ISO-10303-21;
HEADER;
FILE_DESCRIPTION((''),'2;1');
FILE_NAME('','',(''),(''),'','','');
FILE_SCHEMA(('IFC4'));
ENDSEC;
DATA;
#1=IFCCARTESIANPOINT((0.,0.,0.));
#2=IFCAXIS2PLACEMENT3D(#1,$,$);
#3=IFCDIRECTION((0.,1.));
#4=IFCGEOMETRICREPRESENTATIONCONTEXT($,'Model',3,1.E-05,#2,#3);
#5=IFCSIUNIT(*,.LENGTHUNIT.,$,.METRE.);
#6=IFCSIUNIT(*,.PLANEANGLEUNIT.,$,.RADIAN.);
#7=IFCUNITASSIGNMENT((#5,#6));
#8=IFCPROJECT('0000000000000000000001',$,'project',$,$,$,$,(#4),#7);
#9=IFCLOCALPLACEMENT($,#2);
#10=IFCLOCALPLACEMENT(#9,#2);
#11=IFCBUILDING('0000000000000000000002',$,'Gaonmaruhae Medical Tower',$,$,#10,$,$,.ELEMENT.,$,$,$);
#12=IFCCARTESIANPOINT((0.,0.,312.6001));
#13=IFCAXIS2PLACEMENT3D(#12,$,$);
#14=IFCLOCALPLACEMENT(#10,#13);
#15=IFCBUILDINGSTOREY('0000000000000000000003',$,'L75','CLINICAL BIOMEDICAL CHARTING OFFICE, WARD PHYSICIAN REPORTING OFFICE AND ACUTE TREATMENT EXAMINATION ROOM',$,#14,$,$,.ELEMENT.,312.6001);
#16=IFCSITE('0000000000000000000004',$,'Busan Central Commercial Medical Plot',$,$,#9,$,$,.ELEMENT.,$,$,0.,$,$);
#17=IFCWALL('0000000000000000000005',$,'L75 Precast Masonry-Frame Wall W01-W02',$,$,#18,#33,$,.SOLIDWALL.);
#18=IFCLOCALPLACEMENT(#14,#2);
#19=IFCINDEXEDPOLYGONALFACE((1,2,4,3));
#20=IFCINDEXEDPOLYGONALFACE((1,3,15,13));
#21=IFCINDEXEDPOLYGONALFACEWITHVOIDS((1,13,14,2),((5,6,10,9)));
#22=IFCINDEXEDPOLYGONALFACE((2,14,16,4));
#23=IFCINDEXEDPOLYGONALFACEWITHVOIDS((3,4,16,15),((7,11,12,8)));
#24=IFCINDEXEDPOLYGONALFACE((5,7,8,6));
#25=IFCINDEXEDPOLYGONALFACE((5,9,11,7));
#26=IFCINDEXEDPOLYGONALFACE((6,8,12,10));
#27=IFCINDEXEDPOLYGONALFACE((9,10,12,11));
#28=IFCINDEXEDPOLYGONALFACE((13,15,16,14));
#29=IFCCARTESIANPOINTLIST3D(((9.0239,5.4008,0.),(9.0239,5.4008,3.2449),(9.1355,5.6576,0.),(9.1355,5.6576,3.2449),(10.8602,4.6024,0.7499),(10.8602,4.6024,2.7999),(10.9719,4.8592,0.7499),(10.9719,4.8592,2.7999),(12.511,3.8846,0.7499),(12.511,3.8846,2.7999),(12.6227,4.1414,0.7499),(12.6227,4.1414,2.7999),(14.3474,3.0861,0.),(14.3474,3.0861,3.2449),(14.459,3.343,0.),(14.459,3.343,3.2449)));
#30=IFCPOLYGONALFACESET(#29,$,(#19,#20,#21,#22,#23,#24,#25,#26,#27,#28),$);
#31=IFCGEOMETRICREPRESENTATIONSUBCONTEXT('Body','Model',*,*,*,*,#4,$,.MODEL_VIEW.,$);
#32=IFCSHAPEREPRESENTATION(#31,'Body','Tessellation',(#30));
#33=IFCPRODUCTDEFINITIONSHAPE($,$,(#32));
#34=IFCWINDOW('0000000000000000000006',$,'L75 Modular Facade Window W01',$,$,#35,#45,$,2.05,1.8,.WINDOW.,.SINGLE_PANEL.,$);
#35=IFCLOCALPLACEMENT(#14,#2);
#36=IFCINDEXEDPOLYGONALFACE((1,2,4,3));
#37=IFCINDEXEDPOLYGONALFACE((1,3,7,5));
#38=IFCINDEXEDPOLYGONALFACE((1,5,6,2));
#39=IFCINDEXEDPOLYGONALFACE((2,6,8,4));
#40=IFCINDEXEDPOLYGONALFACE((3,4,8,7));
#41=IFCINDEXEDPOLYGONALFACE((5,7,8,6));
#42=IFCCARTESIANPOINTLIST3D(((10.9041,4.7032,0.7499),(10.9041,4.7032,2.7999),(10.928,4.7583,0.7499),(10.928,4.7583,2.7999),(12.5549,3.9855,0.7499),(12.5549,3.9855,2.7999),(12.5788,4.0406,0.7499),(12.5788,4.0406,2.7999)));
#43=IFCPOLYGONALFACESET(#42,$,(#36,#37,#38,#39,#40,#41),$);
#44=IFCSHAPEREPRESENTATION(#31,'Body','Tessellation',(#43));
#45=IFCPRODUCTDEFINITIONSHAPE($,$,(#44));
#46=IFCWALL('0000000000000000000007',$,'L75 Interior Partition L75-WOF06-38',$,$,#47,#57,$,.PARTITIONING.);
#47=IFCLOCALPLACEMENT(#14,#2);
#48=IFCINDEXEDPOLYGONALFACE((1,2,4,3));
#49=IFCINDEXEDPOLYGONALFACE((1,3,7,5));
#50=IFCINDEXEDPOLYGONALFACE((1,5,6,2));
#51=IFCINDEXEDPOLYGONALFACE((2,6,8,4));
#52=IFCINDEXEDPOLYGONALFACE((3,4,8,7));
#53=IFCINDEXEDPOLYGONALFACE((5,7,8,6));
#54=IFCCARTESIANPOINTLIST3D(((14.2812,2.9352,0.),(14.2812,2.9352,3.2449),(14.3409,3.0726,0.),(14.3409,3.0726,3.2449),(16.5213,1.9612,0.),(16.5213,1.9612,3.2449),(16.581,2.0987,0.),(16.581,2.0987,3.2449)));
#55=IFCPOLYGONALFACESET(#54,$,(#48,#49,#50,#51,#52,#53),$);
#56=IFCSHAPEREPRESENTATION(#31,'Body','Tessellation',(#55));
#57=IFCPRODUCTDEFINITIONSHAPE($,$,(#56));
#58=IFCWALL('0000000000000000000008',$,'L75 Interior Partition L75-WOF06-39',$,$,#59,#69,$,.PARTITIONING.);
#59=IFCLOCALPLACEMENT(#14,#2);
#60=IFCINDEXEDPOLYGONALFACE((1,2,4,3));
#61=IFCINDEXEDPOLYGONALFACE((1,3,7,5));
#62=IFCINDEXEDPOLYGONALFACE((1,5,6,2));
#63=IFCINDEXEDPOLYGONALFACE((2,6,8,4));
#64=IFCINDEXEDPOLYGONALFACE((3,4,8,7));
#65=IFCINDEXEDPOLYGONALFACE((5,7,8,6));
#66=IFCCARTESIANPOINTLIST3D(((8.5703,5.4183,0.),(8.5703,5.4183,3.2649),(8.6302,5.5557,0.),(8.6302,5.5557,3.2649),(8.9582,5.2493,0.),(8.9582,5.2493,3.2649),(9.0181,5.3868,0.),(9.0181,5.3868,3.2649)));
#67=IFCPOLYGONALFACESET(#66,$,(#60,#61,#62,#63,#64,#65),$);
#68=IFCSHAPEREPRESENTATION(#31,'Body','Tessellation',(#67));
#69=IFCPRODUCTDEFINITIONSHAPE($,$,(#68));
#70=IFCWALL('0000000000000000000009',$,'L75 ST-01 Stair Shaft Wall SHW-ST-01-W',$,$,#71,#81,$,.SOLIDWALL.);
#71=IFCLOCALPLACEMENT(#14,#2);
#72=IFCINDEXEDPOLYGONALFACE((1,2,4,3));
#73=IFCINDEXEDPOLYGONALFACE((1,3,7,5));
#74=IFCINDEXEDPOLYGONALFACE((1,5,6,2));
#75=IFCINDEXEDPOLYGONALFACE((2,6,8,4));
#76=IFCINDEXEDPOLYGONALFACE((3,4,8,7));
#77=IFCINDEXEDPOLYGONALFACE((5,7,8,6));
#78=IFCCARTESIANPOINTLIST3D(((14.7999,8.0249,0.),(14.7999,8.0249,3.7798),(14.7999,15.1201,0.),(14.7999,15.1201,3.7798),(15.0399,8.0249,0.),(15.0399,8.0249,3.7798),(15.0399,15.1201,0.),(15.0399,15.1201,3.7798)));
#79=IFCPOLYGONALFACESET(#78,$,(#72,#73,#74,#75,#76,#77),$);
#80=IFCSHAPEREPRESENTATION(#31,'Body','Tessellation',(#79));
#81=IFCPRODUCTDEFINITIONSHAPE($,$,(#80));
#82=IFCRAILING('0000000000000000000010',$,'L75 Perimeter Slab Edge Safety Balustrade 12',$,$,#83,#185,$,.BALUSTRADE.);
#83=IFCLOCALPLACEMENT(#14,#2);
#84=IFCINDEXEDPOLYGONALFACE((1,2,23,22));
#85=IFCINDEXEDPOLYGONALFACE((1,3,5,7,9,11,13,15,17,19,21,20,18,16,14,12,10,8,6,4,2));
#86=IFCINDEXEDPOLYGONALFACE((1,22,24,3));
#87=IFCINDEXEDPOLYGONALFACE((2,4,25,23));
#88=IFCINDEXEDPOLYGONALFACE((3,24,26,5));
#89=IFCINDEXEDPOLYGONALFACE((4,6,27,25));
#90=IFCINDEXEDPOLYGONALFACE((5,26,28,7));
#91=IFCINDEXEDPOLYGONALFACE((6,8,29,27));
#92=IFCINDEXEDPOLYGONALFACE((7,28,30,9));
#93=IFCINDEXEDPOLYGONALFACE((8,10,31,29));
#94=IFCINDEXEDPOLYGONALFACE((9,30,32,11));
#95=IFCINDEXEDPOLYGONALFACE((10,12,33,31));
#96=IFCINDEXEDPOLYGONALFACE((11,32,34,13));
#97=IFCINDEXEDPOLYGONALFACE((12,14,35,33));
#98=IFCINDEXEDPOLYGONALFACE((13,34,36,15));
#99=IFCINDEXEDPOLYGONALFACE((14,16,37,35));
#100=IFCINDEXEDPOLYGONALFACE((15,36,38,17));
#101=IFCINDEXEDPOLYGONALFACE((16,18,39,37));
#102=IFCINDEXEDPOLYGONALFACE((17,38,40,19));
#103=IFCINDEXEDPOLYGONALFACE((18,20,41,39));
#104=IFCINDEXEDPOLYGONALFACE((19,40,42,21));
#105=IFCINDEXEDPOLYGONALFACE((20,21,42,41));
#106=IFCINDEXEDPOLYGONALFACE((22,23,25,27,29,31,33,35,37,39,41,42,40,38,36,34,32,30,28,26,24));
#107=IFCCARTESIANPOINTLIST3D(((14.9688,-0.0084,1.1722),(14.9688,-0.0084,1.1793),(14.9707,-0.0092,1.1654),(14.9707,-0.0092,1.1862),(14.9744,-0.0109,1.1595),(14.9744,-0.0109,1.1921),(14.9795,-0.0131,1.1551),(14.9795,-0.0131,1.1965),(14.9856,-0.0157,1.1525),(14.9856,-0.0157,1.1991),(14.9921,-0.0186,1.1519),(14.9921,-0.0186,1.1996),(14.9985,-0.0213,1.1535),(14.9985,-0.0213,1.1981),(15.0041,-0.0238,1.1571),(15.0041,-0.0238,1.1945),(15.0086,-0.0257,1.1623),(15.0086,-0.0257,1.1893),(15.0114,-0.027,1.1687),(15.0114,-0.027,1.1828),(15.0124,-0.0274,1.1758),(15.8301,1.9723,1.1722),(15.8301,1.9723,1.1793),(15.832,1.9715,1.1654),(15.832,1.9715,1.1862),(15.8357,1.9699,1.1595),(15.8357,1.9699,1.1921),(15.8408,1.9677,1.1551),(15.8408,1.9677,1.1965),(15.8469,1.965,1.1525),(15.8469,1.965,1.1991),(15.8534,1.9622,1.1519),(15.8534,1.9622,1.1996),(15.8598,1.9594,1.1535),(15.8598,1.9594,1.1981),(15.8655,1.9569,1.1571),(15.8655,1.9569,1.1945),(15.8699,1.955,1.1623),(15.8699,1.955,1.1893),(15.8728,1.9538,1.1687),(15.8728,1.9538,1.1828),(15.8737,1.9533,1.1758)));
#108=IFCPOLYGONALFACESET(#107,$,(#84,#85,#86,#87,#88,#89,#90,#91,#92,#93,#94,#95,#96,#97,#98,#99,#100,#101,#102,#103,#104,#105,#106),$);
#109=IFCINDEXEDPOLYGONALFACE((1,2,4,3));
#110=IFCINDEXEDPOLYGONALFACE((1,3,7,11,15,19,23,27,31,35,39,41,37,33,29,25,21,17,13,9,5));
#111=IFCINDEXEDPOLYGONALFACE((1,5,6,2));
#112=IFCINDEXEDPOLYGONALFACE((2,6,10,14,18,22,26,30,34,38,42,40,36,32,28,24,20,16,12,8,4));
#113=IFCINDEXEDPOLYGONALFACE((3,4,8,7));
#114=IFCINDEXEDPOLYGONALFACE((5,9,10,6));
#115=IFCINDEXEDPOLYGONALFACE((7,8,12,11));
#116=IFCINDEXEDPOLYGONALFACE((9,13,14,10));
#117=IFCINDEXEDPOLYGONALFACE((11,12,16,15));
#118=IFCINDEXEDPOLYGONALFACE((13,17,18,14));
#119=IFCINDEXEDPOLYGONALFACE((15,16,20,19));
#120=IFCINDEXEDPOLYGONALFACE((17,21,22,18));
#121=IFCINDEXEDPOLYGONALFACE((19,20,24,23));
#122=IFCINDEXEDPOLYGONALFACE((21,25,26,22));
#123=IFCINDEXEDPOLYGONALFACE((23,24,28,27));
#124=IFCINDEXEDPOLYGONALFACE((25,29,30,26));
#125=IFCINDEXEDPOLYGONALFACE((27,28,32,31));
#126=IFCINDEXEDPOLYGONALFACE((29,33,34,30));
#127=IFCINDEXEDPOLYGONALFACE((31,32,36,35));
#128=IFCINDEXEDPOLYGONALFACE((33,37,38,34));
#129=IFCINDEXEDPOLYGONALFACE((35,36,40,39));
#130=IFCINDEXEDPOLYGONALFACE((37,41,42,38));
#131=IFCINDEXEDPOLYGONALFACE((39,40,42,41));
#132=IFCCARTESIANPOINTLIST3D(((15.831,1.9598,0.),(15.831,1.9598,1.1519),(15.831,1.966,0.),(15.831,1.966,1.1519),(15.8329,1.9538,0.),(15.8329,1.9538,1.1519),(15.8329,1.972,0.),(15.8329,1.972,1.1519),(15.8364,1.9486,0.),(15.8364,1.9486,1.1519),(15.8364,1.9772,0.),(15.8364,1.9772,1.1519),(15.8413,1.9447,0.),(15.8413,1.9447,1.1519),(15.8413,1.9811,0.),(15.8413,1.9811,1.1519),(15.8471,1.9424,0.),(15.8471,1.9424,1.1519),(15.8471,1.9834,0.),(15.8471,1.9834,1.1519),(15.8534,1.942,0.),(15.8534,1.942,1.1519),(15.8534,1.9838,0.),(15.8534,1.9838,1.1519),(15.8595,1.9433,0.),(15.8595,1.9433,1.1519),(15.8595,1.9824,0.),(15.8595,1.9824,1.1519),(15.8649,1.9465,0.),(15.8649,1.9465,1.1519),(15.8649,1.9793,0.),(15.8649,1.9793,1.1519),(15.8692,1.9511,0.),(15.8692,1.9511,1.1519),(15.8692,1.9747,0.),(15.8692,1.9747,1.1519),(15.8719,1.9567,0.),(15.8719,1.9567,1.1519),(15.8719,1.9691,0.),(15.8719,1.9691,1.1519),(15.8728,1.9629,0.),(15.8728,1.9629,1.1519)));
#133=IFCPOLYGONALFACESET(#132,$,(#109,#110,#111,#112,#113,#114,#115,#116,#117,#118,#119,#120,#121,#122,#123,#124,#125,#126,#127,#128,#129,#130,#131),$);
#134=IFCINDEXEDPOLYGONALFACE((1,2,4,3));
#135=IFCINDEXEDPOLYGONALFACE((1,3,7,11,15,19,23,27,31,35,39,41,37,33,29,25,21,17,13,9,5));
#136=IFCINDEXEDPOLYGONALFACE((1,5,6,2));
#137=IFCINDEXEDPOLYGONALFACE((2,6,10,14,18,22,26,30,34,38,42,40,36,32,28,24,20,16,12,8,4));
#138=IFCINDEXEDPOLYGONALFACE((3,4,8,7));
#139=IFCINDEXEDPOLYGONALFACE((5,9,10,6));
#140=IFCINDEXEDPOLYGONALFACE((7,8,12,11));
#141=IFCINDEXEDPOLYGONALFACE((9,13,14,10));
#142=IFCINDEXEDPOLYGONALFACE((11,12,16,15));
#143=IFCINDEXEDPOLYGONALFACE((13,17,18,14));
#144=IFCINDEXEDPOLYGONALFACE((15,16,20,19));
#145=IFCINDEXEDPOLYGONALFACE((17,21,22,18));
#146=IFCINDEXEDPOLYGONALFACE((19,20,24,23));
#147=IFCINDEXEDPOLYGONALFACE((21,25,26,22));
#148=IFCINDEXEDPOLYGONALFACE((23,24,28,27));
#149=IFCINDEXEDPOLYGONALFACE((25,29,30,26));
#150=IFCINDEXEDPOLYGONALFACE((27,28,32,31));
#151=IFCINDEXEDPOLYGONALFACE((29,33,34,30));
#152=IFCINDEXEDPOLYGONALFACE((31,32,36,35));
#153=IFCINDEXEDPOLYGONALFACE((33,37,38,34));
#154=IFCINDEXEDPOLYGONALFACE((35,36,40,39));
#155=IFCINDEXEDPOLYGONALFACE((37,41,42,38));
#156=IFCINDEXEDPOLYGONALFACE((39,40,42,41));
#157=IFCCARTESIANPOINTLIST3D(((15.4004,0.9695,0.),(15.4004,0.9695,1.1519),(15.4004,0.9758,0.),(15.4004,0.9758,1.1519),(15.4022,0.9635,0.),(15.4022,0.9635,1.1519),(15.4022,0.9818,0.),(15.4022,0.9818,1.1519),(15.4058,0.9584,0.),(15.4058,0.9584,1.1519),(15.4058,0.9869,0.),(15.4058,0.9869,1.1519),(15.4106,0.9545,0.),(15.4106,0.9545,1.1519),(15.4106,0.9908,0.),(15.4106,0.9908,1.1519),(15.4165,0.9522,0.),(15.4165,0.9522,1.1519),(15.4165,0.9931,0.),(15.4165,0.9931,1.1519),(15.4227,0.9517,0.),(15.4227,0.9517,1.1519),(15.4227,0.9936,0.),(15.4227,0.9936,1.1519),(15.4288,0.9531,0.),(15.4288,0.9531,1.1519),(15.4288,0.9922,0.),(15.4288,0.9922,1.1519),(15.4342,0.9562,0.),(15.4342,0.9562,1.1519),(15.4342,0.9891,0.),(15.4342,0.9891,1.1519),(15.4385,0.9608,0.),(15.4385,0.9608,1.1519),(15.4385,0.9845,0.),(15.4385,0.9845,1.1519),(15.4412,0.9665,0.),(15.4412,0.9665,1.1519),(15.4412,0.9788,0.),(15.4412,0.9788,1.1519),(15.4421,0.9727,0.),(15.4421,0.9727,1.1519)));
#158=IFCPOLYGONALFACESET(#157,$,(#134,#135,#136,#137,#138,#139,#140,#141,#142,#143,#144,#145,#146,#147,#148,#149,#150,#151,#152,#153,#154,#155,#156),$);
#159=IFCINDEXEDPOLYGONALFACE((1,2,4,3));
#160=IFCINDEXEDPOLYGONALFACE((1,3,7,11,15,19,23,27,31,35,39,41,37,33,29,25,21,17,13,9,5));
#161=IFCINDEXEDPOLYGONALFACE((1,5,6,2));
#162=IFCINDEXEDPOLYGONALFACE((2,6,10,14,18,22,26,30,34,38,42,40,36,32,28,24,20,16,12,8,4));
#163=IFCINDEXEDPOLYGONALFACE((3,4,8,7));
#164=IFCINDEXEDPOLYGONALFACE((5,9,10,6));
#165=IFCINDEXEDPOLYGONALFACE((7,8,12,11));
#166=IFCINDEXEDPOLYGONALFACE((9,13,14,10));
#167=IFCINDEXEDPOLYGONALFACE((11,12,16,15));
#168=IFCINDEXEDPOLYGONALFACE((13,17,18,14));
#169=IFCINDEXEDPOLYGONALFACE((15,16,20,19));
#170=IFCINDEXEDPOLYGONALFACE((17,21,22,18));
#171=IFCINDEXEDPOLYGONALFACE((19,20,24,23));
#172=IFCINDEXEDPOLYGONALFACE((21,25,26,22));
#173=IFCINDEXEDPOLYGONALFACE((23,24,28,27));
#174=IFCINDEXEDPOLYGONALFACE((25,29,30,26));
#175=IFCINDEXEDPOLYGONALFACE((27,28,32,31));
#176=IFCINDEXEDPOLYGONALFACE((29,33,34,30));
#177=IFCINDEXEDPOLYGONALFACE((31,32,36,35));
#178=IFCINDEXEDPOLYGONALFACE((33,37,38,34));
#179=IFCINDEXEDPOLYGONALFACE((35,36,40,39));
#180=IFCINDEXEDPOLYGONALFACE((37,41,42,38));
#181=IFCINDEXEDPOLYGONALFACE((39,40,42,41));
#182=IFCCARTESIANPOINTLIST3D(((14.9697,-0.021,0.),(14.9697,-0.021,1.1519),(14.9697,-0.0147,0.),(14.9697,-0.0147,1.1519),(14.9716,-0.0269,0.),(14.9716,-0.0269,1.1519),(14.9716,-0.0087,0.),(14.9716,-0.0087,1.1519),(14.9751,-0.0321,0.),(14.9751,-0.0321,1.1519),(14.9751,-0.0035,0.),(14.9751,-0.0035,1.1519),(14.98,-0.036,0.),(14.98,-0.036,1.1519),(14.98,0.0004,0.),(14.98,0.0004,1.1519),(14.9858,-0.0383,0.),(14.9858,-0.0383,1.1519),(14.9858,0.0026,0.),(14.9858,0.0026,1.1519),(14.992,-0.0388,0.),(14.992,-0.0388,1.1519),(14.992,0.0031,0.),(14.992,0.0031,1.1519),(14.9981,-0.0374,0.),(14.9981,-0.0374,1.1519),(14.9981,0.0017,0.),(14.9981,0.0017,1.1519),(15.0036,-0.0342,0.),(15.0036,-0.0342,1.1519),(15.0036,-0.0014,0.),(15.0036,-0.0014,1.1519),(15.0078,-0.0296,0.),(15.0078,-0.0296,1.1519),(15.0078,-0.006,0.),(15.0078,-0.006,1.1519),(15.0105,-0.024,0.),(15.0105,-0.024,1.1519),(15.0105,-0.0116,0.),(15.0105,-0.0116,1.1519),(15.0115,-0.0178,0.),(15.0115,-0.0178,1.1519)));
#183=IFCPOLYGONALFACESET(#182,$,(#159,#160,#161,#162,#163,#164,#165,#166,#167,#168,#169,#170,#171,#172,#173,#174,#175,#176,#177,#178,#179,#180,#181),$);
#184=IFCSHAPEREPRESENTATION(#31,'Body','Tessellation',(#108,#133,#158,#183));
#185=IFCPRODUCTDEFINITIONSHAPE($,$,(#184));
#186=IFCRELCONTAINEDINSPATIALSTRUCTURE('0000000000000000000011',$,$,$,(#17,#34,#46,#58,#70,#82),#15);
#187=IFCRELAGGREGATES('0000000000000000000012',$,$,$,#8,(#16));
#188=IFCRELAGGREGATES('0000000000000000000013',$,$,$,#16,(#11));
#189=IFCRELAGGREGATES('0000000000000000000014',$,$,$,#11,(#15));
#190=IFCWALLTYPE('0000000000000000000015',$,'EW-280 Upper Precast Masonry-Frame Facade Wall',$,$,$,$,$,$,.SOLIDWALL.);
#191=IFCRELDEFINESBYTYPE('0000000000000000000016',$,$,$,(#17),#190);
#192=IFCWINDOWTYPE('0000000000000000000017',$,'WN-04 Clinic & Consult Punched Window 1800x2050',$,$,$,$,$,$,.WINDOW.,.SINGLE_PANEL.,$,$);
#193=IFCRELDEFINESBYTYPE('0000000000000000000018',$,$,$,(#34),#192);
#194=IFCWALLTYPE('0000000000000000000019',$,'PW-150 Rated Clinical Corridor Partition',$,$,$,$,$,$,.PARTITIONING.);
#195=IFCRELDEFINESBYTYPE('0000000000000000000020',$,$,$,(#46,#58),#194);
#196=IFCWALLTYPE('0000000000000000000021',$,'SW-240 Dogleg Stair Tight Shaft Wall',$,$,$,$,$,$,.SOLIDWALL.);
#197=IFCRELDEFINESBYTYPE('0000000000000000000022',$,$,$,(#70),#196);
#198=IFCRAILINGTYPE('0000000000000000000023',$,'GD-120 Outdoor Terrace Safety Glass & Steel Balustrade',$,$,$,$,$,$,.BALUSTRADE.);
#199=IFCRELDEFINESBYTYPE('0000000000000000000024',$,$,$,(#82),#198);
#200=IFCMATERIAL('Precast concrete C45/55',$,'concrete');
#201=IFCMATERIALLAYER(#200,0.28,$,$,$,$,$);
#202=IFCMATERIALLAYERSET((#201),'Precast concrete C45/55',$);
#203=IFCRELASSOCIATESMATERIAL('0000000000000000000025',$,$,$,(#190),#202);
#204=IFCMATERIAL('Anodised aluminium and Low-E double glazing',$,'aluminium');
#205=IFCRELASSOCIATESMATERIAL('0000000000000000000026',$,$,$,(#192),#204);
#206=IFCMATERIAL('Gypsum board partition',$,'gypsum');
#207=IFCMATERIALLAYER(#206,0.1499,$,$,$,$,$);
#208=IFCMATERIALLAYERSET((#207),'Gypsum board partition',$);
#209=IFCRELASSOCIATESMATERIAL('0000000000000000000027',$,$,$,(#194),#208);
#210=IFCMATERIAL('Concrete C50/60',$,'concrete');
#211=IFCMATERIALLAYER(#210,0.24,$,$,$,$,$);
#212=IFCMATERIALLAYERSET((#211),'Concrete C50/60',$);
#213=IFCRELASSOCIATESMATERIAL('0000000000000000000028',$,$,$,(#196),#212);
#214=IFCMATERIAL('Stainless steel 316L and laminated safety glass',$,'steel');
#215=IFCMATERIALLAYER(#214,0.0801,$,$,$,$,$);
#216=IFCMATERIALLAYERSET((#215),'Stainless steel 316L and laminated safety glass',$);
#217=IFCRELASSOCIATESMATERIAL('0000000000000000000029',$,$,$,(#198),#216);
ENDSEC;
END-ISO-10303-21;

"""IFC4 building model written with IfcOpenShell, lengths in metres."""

from ifc_helpers import new_model, si_unit, direction, frame, frame_2d, origin, origin_2d, place, context, subcontext, project, spatial, rectangle, circle, extrude, material, layer, layer_set, type_object, element, fill, save


model = new_model("IFC4")

# Units and contexts
model_context = context("Model", 3, precision=1e-05, world=origin(), true_north=direction((0.0, 1.0)))
body_context = subcontext(model_context, "Body", "Model", "MODEL_VIEW")
ifc_project = project(units=[si_unit("LENGTHUNIT", "METRE"), si_unit("PLANEANGLEUNIT", "RADIAN")], contexts=[model_context])

# Site, building, storey
site_placement = place(None, origin())
site = spatial("IfcSite", under=ifc_project, at=site_placement, Name="Busan Central Commercial Medical Plot", CompositionType="ELEMENT", RefElevation=0.0)
building_placement = place(site_placement, origin())
building = spatial("IfcBuilding", under=site, at=building_placement, Name="Gaonmaruhae Medical Tower", CompositionType="ELEMENT")
storey_placement = place(building_placement, frame((0.0, 0.0, 312.6001)))
storey = spatial("IfcBuildingStorey", under=building, at=storey_placement, Name="L75", Description="CLINICAL BIOMEDICAL CHARTING OFFICE, WARD PHYSICIAN REPORTING OFFICE AND ACUTE TREATMENT EXAMINATION ROOM", CompositionType="ELEMENT", Elevation=312.6001)

# Shared definitions
ifc_material_1 = material(Name="Concrete C50/60", Category="concrete")

# Wall, opening, window
ifc_material_2 = material(Name="Precast concrete C45/55", Category="concrete")
ifc_layer_1 = layer(ifc_material_2, 0.28)
ifc_layer_set_1 = layer_set([ifc_layer_1], Name="Precast concrete C45/55")
wall_type_1 = type_object("IfcWallType", Name="EW-280 Upper Precast Masonry-Frame Facade Wall", PredefinedType="SOLIDWALL", material=ifc_layer_set_1)
wall_1_placement = place(storey_placement, frame((14.4031, 3.2146, 0.0), z_axis=(0.0, 0.0, 1.0), x_axis=(-0.917061, 0.398746, 0.0)))
wall_1 = element("IfcWall", 1, at=wall_1_placement, inside=storey, type_object=wall_type_1, Name="L75 Precast Masonry-Frame Wall W01-W02", PredefinedType="SOLIDWALL", context=body_context, shape_type="SweptSolid", body=[
    extrude(rectangle(XDim=5.8049, YDim=0.28, at=frame_2d((2.9023, 0.0))), origin(), (0.0, 0.0, 1.0), 3.2449),
])
opening_placement = place(wall_1_placement, frame((2.0024, 0.0, 0.75)))
opening = element("IfcOpeningElement", 2, at=opening_placement, cuts=wall_1, PredefinedType="OPENING", context=body_context, shape_type="SweptSolid", body=[
    extrude(rectangle(XDim=1.8, YDim=2.05, at=frame_2d((0.8999, 1.0249))), frame((0.0, 0.1499, 0.0), z_axis=(0.0, -1.0, 0.0), x_axis=(1.0, 0.0, 0.0)), (0.0, 0.0, 1.0), 0.3),
])
ifc_material_3 = material(Name="Anodised aluminium and Low-E double glazing", Category="aluminium")
window_type = type_object("IfcWindowType", Name="WN-04 Clinic & Consult Punched Window 1800x2050", PartitioningType="SINGLE_PANEL", PredefinedType="WINDOW", material=ifc_material_3)
window_placement = place(opening_placement, origin())
window = element("IfcWindow", 3, at=window_placement, inside=storey, type_object=window_type, Name="L75 Modular Facade Window W01", OverallHeight=2.05, OverallWidth=1.8, PartitioningType="SINGLE_PANEL", PredefinedType="WINDOW", context=body_context, shape_type="SweptSolid", body=[
    extrude(rectangle(XDim=1.8, YDim=2.05, at=frame_2d((0.8999, 1.0249))), frame((0.0, 0.03, 0.0), z_axis=(0.0, -1.0, 0.0), x_axis=(1.0, 0.0, 0.0)), (0.0, 0.0, 1.0), 0.0601),
])
fill(opening, window)

# Walls
ifc_material_4 = material(Name="Gypsum board partition", Category="gypsum")
ifc_layer_2 = layer(ifc_material_4, 0.1499)
ifc_layer_set_2 = layer_set([ifc_layer_2], Name="Gypsum board partition")
wall_type_2 = type_object("IfcWallType", Name="PW-150 Rated Clinical Corridor Partition", PredefinedType="PARTITIONING", material=ifc_layer_set_2)
wall_2_placement = place(storey_placement, frame((16.551, 2.03, 0.0), z_axis=(0.0, 0.0, 1.0), x_axis=(-0.917075, 0.398715, 0.0)))
element("IfcWall", 4, at=wall_2_placement, inside=storey, type_object=wall_type_2, Name="L75 Interior Partition L75-WOF06-38", PredefinedType="PARTITIONING", context=body_context, shape_type="SweptSolid", body=[
    extrude(rectangle(XDim=2.4426, YDim=0.1499, at=frame_2d((1.2212, 0.0))), origin(), (0.0, 0.0, 1.0), 3.2449),
])
wall_3_placement = place(storey_placement, frame((8.988, 5.3181, 0.0), z_axis=(0.0, 0.0, 1.0), x_axis=(-0.916831, 0.399275, 0.0)))
element("IfcWall", 5, at=wall_3_placement, inside=storey, type_object=wall_type_2, Name="L75 Interior Partition L75-WOF06-39", PredefinedType="PARTITIONING", context=body_context, shape_type="SweptSolid", body=[
    extrude(rectangle(XDim=0.4231, YDim=0.1499, at=frame_2d((0.2114, 0.0))), origin(), (0.0, 0.0, 1.0), 3.2649),
])
ifc_layer_3 = layer(ifc_material_1, 0.24)
ifc_layer_set_3 = layer_set([ifc_layer_3], Name="Concrete C50/60")
wall_type_3 = type_object("IfcWallType", Name="SW-240 Dogleg Stair Tight Shaft Wall", PredefinedType="SOLIDWALL", material=ifc_layer_set_3)
wall_4_placement = place(storey_placement, frame((14.9199, 8.0249, 0.0), z_axis=(0.0, 0.0, 1.0), x_axis=(0.0, 1.0, 0.0)))
element("IfcWall", 6, at=wall_4_placement, inside=storey, type_object=wall_type_3, Name="L75 ST-01 Stair Shaft Wall SHW-ST-01-W", PredefinedType="SOLIDWALL", context=body_context, shape_type="SweptSolid", body=[
    extrude(rectangle(XDim=7.0952, YDim=0.24, at=frame_2d((3.5476, 0.0))), origin(), (0.0, 0.0, 1.0), 3.7798),
])

# Railing
ifc_material_5 = material(Name="Stainless steel 316L and laminated safety glass", Category="steel")
ifc_layer_4 = layer(ifc_material_5, 0.0801)
ifc_layer_set_4 = layer_set([ifc_layer_4], Name="Stainless steel 316L and laminated safety glass")
railing_type_1 = type_object("IfcRailingType", Name="GD-120 Outdoor Terrace Safety Glass & Steel Balustrade", PredefinedType="BALUSTRADE", material=ifc_layer_set_4)
railing_1_placement = place(storey_placement, frame((15.8518, 1.9629, 0.0)))
element("IfcRailing", 7, at=railing_1_placement, inside=storey, type_object=railing_type_1, Name="L75 Perimeter Slab Edge Safety Balustrade 12", PredefinedType="BALUSTRADE", context=body_context, shape_type="SweptSolid", body=[
    extrude(circle(Radius=0.0239, at=origin_2d()), frame((0.0, 0.0, 1.1758), z_axis=(-0.398784, -0.917045, 0.0), x_axis=(0.917045, -0.398784, 0.0)), (0.0, 0.0, 1.0), 2.1599),
    extrude(circle(Radius=0.021, at=origin_2d()), origin(), (0.0, 0.0, 1.0), 1.1519),
    extrude(circle(Radius=0.021, at=origin_2d()), frame((-0.4307, -0.9902, 0.0)), (0.0, 0.0, 1.0), 1.1519),
    extrude(circle(Radius=0.021, at=origin_2d()), frame((-0.8613, -1.9807, 0.0)), (0.0, 0.0, 1.0), 1.1519),
])

save(model, "model.ifc")
